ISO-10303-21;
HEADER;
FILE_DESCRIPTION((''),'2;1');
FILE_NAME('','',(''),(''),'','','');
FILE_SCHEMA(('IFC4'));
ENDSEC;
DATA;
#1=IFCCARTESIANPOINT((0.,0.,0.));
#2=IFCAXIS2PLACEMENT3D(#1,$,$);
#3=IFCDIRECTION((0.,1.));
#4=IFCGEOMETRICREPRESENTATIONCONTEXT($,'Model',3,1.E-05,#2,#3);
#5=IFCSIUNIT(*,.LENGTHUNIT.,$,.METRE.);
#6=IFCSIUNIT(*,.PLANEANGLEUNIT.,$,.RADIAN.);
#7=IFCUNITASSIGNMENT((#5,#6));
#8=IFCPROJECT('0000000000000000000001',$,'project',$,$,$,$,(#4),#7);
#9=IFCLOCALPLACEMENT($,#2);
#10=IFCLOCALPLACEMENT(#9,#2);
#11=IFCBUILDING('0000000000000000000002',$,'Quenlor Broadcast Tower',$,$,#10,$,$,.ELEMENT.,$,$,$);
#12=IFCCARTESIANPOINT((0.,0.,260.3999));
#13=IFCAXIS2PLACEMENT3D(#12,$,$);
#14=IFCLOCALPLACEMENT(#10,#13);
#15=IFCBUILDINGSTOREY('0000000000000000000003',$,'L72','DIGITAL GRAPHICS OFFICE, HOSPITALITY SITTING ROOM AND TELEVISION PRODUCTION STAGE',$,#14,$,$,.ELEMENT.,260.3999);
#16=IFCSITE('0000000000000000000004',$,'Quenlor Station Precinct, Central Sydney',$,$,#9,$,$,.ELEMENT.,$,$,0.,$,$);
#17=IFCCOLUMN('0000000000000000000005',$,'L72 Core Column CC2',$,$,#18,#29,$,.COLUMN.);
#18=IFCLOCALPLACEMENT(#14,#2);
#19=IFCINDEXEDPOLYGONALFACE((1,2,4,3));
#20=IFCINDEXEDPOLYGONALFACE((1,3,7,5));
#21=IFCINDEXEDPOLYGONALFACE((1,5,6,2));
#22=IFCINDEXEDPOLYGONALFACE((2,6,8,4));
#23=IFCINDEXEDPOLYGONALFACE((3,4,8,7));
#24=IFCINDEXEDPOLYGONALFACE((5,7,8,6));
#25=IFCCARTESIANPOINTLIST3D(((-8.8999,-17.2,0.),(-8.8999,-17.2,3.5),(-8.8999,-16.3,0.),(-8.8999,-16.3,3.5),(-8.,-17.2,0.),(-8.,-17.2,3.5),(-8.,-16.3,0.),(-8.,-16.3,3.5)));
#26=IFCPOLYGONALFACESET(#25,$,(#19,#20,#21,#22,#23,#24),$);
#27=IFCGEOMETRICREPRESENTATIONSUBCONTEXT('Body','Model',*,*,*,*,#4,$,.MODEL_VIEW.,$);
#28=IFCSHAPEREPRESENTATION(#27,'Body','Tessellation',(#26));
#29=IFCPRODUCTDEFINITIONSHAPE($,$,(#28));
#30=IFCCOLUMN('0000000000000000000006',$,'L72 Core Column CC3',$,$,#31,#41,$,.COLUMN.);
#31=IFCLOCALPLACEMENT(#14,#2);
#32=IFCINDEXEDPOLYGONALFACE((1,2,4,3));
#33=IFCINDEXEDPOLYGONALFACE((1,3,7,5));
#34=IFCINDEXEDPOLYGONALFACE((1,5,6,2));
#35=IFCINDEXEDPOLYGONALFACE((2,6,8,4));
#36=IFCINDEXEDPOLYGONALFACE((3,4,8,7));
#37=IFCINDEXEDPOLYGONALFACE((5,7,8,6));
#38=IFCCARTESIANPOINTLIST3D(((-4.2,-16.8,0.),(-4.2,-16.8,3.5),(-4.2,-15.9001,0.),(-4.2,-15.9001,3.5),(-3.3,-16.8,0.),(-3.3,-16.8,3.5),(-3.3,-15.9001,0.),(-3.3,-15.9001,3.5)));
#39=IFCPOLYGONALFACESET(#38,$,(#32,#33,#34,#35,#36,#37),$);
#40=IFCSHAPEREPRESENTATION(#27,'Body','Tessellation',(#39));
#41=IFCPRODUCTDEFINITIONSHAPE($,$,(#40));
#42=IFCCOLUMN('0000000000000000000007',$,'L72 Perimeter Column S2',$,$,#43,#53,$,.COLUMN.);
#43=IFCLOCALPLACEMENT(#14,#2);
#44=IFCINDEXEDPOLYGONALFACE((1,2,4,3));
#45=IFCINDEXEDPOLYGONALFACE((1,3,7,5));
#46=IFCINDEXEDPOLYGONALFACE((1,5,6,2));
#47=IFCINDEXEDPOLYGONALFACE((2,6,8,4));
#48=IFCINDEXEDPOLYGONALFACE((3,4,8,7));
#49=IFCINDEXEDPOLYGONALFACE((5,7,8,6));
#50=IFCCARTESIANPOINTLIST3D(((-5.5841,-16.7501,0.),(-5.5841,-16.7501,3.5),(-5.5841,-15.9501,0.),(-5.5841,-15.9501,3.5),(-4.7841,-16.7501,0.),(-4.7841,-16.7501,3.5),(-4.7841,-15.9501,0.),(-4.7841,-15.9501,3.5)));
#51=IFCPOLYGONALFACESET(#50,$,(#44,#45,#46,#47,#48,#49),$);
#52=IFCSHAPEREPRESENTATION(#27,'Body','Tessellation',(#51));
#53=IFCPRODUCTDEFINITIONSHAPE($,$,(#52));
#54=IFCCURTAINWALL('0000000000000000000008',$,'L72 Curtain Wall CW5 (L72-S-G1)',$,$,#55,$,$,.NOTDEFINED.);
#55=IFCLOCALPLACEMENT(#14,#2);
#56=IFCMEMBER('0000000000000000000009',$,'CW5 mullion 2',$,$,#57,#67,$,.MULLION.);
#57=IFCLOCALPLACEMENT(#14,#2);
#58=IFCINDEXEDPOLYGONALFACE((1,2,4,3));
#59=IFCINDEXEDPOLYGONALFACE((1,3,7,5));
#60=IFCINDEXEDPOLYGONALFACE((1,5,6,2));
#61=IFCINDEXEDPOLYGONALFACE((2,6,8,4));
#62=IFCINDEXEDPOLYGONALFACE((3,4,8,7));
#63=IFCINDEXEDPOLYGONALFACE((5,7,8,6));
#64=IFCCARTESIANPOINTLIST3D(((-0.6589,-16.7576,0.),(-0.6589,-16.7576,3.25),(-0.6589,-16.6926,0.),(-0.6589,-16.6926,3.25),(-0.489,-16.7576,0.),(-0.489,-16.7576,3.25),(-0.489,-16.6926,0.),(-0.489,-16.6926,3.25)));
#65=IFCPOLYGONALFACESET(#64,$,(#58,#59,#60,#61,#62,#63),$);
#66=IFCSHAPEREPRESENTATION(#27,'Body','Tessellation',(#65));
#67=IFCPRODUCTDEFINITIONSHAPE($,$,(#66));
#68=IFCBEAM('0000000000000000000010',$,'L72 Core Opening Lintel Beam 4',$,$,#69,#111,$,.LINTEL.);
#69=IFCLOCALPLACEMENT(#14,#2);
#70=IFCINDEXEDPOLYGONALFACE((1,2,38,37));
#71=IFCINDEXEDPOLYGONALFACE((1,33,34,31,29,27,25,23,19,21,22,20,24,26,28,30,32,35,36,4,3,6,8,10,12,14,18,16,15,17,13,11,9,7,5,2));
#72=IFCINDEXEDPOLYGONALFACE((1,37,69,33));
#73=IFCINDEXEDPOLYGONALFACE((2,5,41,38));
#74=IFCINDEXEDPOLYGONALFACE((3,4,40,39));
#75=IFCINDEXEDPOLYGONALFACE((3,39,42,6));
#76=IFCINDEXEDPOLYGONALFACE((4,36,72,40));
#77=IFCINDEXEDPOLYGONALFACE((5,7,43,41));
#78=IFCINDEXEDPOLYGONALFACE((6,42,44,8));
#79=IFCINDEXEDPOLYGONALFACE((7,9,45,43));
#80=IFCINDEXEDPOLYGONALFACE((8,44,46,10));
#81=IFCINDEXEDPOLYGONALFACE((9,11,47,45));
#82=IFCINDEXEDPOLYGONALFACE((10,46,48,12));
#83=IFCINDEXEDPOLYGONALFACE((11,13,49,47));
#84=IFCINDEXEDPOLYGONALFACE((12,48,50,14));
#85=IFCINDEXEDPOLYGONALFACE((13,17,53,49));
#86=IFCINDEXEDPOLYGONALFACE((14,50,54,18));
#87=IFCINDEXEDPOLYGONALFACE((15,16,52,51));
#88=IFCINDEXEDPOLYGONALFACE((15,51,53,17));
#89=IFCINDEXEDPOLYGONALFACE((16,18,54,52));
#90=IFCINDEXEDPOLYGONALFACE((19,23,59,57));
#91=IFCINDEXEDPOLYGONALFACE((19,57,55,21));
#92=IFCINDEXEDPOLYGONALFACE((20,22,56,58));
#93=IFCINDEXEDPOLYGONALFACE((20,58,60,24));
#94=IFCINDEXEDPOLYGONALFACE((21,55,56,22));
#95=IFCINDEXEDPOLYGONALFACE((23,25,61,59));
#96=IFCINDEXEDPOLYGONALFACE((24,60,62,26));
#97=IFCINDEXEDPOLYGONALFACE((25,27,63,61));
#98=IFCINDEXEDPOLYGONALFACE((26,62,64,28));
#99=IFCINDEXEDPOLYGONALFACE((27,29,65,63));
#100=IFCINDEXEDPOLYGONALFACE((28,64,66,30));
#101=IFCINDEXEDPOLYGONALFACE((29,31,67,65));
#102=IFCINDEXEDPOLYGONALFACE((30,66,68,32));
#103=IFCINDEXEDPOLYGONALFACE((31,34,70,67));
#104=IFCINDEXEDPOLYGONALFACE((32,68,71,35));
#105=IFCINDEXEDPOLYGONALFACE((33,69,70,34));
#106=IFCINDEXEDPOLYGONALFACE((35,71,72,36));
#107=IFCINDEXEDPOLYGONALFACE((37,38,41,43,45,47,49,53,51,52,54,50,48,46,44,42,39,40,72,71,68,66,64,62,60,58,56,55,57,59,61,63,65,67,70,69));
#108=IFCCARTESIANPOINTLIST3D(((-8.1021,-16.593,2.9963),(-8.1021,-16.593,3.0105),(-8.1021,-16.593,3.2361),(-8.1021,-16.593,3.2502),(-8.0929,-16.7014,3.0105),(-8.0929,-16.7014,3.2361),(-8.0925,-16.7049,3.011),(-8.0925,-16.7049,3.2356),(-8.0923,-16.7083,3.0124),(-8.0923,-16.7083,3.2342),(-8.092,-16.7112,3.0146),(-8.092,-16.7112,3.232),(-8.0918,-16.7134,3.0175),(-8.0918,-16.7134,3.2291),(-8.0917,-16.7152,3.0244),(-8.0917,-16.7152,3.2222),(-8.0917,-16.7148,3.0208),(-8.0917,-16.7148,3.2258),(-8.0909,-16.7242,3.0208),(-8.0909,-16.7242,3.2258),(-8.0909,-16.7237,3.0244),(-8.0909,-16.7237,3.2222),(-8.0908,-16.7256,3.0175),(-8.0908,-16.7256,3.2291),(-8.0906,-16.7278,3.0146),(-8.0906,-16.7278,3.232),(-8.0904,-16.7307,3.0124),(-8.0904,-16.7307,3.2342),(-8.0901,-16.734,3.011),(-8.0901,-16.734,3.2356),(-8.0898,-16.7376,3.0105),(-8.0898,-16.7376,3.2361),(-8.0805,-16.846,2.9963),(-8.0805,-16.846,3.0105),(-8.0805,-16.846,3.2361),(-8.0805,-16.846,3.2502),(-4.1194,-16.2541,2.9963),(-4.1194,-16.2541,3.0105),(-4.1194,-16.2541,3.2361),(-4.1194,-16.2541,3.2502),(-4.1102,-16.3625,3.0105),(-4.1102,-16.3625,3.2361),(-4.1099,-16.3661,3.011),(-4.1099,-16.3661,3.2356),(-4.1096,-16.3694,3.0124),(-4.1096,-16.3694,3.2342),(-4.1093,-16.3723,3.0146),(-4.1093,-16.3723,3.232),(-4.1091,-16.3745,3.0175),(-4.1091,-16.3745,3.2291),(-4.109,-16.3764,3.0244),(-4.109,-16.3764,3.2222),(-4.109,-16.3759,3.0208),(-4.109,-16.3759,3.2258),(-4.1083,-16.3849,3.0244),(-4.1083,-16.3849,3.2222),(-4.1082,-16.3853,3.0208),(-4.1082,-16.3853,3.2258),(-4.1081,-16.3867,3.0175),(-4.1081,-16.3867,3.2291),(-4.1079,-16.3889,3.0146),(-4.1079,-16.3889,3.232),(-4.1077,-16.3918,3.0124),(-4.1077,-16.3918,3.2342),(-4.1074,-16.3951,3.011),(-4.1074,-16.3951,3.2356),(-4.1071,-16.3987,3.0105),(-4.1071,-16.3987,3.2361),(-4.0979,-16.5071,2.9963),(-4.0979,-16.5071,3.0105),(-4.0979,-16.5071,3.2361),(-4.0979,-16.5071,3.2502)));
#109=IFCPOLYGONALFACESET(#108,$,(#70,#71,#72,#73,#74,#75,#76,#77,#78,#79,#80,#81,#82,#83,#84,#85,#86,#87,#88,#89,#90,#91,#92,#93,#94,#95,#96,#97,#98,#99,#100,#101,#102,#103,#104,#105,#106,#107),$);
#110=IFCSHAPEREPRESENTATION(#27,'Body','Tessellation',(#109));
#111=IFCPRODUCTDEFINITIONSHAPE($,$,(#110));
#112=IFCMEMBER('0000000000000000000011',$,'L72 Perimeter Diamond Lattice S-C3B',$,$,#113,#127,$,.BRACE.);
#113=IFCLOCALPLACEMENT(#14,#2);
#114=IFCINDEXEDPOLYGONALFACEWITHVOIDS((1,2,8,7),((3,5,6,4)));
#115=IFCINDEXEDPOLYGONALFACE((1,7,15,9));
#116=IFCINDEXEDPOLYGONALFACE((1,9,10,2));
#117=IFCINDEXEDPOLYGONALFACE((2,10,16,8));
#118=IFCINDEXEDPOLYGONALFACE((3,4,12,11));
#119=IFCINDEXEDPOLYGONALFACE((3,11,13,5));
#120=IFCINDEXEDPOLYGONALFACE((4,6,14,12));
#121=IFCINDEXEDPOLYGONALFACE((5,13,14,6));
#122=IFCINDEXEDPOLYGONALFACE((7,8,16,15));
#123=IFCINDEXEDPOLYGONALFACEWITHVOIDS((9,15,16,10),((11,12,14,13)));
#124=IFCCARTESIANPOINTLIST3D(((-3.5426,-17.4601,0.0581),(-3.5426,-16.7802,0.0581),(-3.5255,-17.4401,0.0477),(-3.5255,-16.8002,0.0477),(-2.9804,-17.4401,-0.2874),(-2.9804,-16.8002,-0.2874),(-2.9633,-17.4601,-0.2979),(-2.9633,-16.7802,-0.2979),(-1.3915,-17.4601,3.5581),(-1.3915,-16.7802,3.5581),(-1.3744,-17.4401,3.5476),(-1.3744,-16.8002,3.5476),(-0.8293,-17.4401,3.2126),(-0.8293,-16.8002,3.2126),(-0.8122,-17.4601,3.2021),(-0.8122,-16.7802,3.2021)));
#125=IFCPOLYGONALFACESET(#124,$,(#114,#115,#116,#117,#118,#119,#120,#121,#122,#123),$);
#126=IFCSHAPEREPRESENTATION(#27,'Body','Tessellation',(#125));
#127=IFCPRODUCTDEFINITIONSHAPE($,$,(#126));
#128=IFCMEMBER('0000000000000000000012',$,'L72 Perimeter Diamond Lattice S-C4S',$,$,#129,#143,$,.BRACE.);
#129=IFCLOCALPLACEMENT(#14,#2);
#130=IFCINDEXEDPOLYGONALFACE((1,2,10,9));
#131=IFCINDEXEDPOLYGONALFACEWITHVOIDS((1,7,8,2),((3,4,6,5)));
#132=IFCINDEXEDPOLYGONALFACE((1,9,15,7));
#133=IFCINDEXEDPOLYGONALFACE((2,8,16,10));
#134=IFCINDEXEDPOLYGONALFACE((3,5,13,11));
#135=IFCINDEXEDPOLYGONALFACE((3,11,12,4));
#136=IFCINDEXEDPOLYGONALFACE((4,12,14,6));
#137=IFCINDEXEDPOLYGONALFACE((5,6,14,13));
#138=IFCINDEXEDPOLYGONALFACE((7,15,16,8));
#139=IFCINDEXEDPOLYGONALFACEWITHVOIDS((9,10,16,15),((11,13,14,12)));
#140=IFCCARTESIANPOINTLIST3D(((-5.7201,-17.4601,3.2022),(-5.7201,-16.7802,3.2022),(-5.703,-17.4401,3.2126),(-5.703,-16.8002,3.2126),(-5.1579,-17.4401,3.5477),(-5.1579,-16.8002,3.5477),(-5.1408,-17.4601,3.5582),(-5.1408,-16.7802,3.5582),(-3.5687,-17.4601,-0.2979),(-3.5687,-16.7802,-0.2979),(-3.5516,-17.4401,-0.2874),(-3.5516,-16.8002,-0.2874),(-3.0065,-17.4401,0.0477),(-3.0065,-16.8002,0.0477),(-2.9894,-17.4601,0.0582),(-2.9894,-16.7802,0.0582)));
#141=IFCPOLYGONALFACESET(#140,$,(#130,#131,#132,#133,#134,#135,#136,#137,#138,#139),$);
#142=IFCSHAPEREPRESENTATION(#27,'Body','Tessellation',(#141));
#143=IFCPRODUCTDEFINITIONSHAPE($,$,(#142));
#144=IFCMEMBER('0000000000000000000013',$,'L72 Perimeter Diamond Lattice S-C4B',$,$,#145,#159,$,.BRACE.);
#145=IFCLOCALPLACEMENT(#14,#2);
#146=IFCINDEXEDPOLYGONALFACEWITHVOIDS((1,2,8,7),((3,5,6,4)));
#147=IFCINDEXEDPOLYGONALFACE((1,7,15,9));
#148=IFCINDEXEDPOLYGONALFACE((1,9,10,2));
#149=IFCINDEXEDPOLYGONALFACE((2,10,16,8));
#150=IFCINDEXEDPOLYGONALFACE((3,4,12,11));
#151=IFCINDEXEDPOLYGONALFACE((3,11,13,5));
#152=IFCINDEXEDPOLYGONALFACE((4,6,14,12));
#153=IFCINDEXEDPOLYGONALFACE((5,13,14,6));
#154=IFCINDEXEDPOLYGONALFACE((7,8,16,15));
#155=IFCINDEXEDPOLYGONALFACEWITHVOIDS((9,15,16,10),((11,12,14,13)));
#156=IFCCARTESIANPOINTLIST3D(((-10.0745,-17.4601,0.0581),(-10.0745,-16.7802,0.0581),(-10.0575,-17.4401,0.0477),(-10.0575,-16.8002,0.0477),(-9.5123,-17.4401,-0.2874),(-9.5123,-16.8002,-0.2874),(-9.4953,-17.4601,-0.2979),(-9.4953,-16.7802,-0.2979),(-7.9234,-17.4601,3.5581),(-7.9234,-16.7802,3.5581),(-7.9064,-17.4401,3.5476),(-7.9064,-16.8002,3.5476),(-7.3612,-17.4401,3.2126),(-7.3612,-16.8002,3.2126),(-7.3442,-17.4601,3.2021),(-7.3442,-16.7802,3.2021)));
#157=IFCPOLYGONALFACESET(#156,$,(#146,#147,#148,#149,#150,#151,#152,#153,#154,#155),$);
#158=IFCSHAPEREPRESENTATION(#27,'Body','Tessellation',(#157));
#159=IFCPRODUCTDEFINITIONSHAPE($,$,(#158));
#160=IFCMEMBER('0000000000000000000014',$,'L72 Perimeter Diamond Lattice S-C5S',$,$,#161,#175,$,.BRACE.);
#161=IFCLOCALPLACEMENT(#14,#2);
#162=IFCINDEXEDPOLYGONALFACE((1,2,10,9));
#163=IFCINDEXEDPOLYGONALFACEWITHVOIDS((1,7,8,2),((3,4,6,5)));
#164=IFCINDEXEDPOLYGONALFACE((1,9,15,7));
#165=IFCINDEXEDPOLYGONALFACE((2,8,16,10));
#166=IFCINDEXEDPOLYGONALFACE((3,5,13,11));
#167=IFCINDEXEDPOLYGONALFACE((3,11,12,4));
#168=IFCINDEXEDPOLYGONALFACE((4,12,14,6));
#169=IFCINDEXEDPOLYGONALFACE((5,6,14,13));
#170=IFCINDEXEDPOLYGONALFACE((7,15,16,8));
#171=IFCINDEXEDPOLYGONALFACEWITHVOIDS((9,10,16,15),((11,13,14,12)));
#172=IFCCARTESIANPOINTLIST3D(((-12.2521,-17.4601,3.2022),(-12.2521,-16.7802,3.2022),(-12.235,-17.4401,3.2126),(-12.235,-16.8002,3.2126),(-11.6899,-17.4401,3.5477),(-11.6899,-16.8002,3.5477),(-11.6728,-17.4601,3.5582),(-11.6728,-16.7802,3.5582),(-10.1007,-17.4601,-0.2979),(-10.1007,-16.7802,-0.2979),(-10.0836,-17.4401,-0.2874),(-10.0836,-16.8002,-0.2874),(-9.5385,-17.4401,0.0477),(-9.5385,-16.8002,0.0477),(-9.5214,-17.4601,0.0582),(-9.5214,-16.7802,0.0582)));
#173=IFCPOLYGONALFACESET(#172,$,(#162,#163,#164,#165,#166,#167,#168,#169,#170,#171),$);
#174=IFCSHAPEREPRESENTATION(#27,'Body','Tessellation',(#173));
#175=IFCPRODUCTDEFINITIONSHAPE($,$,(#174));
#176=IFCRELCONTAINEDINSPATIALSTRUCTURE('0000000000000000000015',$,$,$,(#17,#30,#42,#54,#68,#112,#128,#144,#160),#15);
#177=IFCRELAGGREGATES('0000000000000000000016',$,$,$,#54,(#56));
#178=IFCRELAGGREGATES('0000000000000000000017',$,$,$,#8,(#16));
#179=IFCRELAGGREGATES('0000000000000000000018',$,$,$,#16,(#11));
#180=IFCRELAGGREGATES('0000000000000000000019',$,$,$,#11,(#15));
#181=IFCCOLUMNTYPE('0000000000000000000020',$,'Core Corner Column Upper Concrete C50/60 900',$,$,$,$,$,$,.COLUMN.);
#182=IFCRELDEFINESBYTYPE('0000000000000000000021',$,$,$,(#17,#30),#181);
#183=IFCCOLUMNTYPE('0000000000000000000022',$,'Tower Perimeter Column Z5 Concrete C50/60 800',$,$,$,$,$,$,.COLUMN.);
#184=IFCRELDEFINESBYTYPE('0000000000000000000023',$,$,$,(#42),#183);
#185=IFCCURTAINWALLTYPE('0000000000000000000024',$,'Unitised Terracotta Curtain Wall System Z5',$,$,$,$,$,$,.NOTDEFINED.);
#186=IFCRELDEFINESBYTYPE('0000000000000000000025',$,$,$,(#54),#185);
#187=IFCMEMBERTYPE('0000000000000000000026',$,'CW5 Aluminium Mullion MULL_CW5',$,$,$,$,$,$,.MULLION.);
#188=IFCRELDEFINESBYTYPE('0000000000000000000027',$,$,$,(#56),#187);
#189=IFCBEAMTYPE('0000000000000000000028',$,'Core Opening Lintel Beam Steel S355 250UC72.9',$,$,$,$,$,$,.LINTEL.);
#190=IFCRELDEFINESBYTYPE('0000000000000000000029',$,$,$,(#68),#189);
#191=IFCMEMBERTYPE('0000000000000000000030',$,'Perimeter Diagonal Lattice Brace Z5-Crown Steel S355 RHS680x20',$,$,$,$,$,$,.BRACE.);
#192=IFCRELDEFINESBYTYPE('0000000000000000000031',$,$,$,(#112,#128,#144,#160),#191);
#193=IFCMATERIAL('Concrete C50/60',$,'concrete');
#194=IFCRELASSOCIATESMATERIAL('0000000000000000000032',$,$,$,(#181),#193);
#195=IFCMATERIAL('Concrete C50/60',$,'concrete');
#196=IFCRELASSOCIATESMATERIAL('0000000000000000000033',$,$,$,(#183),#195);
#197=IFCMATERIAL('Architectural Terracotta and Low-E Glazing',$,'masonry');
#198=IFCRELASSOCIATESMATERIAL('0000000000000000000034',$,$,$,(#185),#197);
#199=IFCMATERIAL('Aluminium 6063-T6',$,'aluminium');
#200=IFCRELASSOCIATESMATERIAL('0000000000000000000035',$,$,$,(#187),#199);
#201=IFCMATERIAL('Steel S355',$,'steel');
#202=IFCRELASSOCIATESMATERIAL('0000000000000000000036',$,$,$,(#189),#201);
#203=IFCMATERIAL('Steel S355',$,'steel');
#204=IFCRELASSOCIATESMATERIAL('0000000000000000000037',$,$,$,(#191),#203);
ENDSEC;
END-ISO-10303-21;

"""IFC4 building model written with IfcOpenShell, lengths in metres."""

from ifc_helpers import new_model, si_unit, direction, frame, origin, origin_2d, place, context, subcontext, project, spatial, rectangle, hollow_rectangle, i_section, extrude, material, material_profile, profile_set, type_object, element, aggregate, save


model = new_model("IFC4")

# Units and contexts
model_context = context("Model", 3, precision=1e-05, world=origin(), true_north=direction((0.0, 1.0)))
body_context = subcontext(model_context, "Body", "Model", "MODEL_VIEW")
ifc_project = project(units=[si_unit("LENGTHUNIT", "METRE"), si_unit("PLANEANGLEUNIT", "RADIAN")], contexts=[model_context])

# Site, building, storey
site_placement = place(None, origin())
site = spatial("IfcSite", under=ifc_project, at=site_placement, Name="Quenlor Station Precinct, Central Sydney", CompositionType="ELEMENT", RefElevation=0.0)
building_placement = place(site_placement, origin())
building = spatial("IfcBuilding", under=site, at=building_placement, Name="Quenlor Broadcast Tower", CompositionType="ELEMENT")
storey_placement = place(building_placement, frame((0.0, 0.0, 260.3999)))
storey = spatial("IfcBuildingStorey", under=building, at=storey_placement, Name="L72", Description="DIGITAL GRAPHICS OFFICE, HOSPITALITY SITTING ROOM AND TELEVISION PRODUCTION STAGE", CompositionType="ELEMENT", Elevation=260.3999)

# Columns
ifc_material_1 = material(Name="Concrete C50/60", Category="concrete")
ifc_material_profile_1 = material_profile(ifc_material_1, rectangle(XDim=0.8999, YDim=0.8999, at=origin_2d()))
ifc_profile_set_1 = profile_set([ifc_material_profile_1], Name="Concrete C50/60 RC900x900")
column_type_1 = type_object("IfcColumnType", Name="Core Corner Column Upper Concrete C50/60 900", PredefinedType="COLUMN", material=ifc_profile_set_1)
for number, where, z_axis, x_axis, name in (
    (1, (-8.45, -16.75, 0.0), (0.0, 0.0, 1.0), (1.0, 0.0, 0.0), "L72 Core Column CC2"),
    (2, (-3.75, -16.3501, 0.0), (0.0, 0.0, 1.0), (1.0, 0.0, 0.0), "L72 Core Column CC3"),
):
    element("IfcColumn", number, at=place(storey_placement, frame(where, z_axis=z_axis, x_axis=x_axis)), inside=storey, type_object=column_type_1, Name=name, PredefinedType="COLUMN", context=body_context, shape_type="SweptSolid", body=[
        extrude(rectangle(XDim=0.8999, YDim=0.8999, at=origin_2d()), origin(), (0.0, 0.0, 1.0), 3.5),
    ])
ifc_material_2 = material(Name="Concrete C50/60", Category="concrete")
ifc_material_profile_2 = material_profile(ifc_material_2, rectangle(XDim=0.8, YDim=0.8, at=origin_2d()))
ifc_profile_set_2 = profile_set([ifc_material_profile_2], Name="Concrete C50/60 RC800x800")
column_type_2 = type_object("IfcColumnType", Name="Tower Perimeter Column Z5 Concrete C50/60 800", PredefinedType="COLUMN", material=ifc_profile_set_2)
column_placement = place(storey_placement, frame((-5.1841, -16.3501, 0.0), z_axis=(0.0, 0.0, 1.0), x_axis=(0.0, 1.0, 0.0)))
element("IfcColumn", 3, at=column_placement, inside=storey, type_object=column_type_2, Name="L72 Perimeter Column S2", PredefinedType="COLUMN", context=body_context, shape_type="SweptSolid", body=[
    extrude(rectangle(XDim=0.8, YDim=0.8, at=origin_2d()), origin(), (0.0, 0.0, 1.0), 3.5),
])

# Curtain wall, member
ifc_material_3 = material(Name="Architectural Terracotta and Low-E Glazing", Category="masonry")
curtain_wall_type = type_object("IfcCurtainWallType", Name="Unitised Terracotta Curtain Wall System Z5", PredefinedType="NOTDEFINED", material=ifc_material_3)
curtain_wall_placement = place(storey_placement, origin())
curtain_wall = element("IfcCurtainWall", 4, at=curtain_wall_placement, inside=storey, type_object=curtain_wall_type, Name="L72 Curtain Wall CW5 (L72-S-G1)", PredefinedType="NOTDEFINED")
ifc_material_4 = material(Name="Aluminium 6063-T6", Category="aluminium")
ifc_material_profile_3 = material_profile(ifc_material_4, rectangle(XDim=0.0649, YDim=0.1699, at=origin_2d()))
ifc_profile_set_3 = profile_set([ifc_material_profile_3], Name="Aluminium 6063-T6 MULL65x170")
member_type_1 = type_object("IfcMemberType", Name="CW5 Aluminium Mullion MULL_CW5", PredefinedType="MULLION", material=ifc_profile_set_3)
member_1_placement = place(storey_placement, frame((-0.574, -16.7251, 0.0), z_axis=(0.0, 0.0, 1.0), x_axis=(0.0, -1.0, 0.0)))
member_1 = element("IfcMember", 5, at=member_1_placement, type_object=member_type_1, Name="CW5 mullion 2", PredefinedType="MULLION", context=body_context, shape_type="SweptSolid", body=[
    extrude(rectangle(XDim=0.0649, YDim=0.1699, at=origin_2d()), origin(), (0.0, 0.0, 1.0), 3.25),
])

# Beam
ifc_material_5 = material(Name="Steel S355", Category="steel")
ifc_material_profile_4 = material_profile(ifc_material_5, i_section(OverallWidth=0.2539, OverallDepth=0.2539, WebThickness=0.0085, FlangeThickness=0.0142, FilletRadius=0.0139, at=origin_2d()))
ifc_profile_set_4 = profile_set([ifc_material_profile_4], Name="Steel S355 250UC72.9")
beam_type_1 = type_object("IfcBeamType", Name="Core Opening Lintel Beam Steel S355 250UC72.9", PredefinedType="LINTEL", material=ifc_profile_set_4)
beam_1_placement = place(storey_placement, frame((-8.0913, -16.7195, 3.1233), z_axis=(0.9964, 0.084779, 0.0), x_axis=(-0.084779, 0.9964, 0.0)))
element("IfcBeam", 6, at=beam_1_placement, inside=storey, type_object=beam_type_1, Name="L72 Core Opening Lintel Beam 4", PredefinedType="LINTEL", context=body_context, shape_type="SweptSolid", body=[
    extrude(i_section(OverallWidth=0.2539, OverallDepth=0.2539, WebThickness=0.0085, FlangeThickness=0.0142, FilletRadius=0.0139, at=origin_2d()), origin(), (0.0, 0.0, 1.0), 3.9971),
])

# Members
ifc_material_6 = material(Name="Steel S355", Category="steel")
ifc_material_profile_5 = material_profile(ifc_material_6, hollow_rectangle(XDim=0.6799, YDim=0.6799, WallThickness=0.02, at=origin_2d()))
ifc_profile_set_5 = profile_set([ifc_material_profile_5], Name="Steel S355 RHS680x680x20")
member_type_2 = type_object("IfcMemberType", Name="Perimeter Diagonal Lattice Brace Z5-Crown Steel S355 RHS680x20", PredefinedType="BRACE", material=ifc_profile_set_5)
member_2_placement = place(storey_placement, frame((-3.2529, -17.1201, -0.1199), z_axis=(0.523617, 0.0, 0.851954), x_axis=(0.0, 1.0, 0.0)))
element("IfcMember", 7, at=member_2_placement, inside=storey, type_object=member_type_2, Name="L72 Perimeter Diamond Lattice S-C3B", PredefinedType="BRACE", context=body_context, shape_type="SweptSolid", body=[
    extrude(hollow_rectangle(XDim=0.6799, YDim=0.6799, WallThickness=0.02, at=origin_2d()), origin(), (0.0, 0.0, 1.0), 4.1082),
])
member_3_placement = place(storey_placement, frame((-3.2791, -17.1201, -0.1199), z_axis=(-0.52366, 0.0, 0.851928), x_axis=(0.0, -1.0, 0.0)))
element("IfcMember", 8, at=member_3_placement, inside=storey, type_object=member_type_2, Name="L72 Perimeter Diamond Lattice S-C4S", PredefinedType="BRACE", context=body_context, shape_type="SweptSolid", body=[
    extrude(hollow_rectangle(XDim=0.6799, YDim=0.6799, WallThickness=0.02, at=origin_2d()), origin(), (0.0, 0.0, 1.0), 4.1084),
])
member_4_placement = place(storey_placement, frame((-9.7849, -17.1201, -0.1199), z_axis=(0.523617, 0.0, 0.851954), x_axis=(0.0, 1.0, 0.0)))
element("IfcMember", 9, at=member_4_placement, inside=storey, type_object=member_type_2, Name="L72 Perimeter Diamond Lattice S-C4B", PredefinedType="BRACE", context=body_context, shape_type="SweptSolid", body=[
    extrude(hollow_rectangle(XDim=0.6799, YDim=0.6799, WallThickness=0.02, at=origin_2d()), origin(), (0.0, 0.0, 1.0), 4.1082),
])
member_5_placement = place(storey_placement, frame((-9.811, -17.1201, -0.1199), z_axis=(-0.52366, 0.0, 0.851928), x_axis=(0.0, -1.0, 0.0)))
element("IfcMember", 10, at=member_5_placement, inside=storey, type_object=member_type_2, Name="L72 Perimeter Diamond Lattice S-C5S", PredefinedType="BRACE", context=body_context, shape_type="SweptSolid", body=[
    extrude(hollow_rectangle(XDim=0.6799, YDim=0.6799, WallThickness=0.02, at=origin_2d()), origin(), (0.0, 0.0, 1.0), 4.1084),
])

aggregate(curtain_wall, [member_1])

save(model, "model.ifc")
